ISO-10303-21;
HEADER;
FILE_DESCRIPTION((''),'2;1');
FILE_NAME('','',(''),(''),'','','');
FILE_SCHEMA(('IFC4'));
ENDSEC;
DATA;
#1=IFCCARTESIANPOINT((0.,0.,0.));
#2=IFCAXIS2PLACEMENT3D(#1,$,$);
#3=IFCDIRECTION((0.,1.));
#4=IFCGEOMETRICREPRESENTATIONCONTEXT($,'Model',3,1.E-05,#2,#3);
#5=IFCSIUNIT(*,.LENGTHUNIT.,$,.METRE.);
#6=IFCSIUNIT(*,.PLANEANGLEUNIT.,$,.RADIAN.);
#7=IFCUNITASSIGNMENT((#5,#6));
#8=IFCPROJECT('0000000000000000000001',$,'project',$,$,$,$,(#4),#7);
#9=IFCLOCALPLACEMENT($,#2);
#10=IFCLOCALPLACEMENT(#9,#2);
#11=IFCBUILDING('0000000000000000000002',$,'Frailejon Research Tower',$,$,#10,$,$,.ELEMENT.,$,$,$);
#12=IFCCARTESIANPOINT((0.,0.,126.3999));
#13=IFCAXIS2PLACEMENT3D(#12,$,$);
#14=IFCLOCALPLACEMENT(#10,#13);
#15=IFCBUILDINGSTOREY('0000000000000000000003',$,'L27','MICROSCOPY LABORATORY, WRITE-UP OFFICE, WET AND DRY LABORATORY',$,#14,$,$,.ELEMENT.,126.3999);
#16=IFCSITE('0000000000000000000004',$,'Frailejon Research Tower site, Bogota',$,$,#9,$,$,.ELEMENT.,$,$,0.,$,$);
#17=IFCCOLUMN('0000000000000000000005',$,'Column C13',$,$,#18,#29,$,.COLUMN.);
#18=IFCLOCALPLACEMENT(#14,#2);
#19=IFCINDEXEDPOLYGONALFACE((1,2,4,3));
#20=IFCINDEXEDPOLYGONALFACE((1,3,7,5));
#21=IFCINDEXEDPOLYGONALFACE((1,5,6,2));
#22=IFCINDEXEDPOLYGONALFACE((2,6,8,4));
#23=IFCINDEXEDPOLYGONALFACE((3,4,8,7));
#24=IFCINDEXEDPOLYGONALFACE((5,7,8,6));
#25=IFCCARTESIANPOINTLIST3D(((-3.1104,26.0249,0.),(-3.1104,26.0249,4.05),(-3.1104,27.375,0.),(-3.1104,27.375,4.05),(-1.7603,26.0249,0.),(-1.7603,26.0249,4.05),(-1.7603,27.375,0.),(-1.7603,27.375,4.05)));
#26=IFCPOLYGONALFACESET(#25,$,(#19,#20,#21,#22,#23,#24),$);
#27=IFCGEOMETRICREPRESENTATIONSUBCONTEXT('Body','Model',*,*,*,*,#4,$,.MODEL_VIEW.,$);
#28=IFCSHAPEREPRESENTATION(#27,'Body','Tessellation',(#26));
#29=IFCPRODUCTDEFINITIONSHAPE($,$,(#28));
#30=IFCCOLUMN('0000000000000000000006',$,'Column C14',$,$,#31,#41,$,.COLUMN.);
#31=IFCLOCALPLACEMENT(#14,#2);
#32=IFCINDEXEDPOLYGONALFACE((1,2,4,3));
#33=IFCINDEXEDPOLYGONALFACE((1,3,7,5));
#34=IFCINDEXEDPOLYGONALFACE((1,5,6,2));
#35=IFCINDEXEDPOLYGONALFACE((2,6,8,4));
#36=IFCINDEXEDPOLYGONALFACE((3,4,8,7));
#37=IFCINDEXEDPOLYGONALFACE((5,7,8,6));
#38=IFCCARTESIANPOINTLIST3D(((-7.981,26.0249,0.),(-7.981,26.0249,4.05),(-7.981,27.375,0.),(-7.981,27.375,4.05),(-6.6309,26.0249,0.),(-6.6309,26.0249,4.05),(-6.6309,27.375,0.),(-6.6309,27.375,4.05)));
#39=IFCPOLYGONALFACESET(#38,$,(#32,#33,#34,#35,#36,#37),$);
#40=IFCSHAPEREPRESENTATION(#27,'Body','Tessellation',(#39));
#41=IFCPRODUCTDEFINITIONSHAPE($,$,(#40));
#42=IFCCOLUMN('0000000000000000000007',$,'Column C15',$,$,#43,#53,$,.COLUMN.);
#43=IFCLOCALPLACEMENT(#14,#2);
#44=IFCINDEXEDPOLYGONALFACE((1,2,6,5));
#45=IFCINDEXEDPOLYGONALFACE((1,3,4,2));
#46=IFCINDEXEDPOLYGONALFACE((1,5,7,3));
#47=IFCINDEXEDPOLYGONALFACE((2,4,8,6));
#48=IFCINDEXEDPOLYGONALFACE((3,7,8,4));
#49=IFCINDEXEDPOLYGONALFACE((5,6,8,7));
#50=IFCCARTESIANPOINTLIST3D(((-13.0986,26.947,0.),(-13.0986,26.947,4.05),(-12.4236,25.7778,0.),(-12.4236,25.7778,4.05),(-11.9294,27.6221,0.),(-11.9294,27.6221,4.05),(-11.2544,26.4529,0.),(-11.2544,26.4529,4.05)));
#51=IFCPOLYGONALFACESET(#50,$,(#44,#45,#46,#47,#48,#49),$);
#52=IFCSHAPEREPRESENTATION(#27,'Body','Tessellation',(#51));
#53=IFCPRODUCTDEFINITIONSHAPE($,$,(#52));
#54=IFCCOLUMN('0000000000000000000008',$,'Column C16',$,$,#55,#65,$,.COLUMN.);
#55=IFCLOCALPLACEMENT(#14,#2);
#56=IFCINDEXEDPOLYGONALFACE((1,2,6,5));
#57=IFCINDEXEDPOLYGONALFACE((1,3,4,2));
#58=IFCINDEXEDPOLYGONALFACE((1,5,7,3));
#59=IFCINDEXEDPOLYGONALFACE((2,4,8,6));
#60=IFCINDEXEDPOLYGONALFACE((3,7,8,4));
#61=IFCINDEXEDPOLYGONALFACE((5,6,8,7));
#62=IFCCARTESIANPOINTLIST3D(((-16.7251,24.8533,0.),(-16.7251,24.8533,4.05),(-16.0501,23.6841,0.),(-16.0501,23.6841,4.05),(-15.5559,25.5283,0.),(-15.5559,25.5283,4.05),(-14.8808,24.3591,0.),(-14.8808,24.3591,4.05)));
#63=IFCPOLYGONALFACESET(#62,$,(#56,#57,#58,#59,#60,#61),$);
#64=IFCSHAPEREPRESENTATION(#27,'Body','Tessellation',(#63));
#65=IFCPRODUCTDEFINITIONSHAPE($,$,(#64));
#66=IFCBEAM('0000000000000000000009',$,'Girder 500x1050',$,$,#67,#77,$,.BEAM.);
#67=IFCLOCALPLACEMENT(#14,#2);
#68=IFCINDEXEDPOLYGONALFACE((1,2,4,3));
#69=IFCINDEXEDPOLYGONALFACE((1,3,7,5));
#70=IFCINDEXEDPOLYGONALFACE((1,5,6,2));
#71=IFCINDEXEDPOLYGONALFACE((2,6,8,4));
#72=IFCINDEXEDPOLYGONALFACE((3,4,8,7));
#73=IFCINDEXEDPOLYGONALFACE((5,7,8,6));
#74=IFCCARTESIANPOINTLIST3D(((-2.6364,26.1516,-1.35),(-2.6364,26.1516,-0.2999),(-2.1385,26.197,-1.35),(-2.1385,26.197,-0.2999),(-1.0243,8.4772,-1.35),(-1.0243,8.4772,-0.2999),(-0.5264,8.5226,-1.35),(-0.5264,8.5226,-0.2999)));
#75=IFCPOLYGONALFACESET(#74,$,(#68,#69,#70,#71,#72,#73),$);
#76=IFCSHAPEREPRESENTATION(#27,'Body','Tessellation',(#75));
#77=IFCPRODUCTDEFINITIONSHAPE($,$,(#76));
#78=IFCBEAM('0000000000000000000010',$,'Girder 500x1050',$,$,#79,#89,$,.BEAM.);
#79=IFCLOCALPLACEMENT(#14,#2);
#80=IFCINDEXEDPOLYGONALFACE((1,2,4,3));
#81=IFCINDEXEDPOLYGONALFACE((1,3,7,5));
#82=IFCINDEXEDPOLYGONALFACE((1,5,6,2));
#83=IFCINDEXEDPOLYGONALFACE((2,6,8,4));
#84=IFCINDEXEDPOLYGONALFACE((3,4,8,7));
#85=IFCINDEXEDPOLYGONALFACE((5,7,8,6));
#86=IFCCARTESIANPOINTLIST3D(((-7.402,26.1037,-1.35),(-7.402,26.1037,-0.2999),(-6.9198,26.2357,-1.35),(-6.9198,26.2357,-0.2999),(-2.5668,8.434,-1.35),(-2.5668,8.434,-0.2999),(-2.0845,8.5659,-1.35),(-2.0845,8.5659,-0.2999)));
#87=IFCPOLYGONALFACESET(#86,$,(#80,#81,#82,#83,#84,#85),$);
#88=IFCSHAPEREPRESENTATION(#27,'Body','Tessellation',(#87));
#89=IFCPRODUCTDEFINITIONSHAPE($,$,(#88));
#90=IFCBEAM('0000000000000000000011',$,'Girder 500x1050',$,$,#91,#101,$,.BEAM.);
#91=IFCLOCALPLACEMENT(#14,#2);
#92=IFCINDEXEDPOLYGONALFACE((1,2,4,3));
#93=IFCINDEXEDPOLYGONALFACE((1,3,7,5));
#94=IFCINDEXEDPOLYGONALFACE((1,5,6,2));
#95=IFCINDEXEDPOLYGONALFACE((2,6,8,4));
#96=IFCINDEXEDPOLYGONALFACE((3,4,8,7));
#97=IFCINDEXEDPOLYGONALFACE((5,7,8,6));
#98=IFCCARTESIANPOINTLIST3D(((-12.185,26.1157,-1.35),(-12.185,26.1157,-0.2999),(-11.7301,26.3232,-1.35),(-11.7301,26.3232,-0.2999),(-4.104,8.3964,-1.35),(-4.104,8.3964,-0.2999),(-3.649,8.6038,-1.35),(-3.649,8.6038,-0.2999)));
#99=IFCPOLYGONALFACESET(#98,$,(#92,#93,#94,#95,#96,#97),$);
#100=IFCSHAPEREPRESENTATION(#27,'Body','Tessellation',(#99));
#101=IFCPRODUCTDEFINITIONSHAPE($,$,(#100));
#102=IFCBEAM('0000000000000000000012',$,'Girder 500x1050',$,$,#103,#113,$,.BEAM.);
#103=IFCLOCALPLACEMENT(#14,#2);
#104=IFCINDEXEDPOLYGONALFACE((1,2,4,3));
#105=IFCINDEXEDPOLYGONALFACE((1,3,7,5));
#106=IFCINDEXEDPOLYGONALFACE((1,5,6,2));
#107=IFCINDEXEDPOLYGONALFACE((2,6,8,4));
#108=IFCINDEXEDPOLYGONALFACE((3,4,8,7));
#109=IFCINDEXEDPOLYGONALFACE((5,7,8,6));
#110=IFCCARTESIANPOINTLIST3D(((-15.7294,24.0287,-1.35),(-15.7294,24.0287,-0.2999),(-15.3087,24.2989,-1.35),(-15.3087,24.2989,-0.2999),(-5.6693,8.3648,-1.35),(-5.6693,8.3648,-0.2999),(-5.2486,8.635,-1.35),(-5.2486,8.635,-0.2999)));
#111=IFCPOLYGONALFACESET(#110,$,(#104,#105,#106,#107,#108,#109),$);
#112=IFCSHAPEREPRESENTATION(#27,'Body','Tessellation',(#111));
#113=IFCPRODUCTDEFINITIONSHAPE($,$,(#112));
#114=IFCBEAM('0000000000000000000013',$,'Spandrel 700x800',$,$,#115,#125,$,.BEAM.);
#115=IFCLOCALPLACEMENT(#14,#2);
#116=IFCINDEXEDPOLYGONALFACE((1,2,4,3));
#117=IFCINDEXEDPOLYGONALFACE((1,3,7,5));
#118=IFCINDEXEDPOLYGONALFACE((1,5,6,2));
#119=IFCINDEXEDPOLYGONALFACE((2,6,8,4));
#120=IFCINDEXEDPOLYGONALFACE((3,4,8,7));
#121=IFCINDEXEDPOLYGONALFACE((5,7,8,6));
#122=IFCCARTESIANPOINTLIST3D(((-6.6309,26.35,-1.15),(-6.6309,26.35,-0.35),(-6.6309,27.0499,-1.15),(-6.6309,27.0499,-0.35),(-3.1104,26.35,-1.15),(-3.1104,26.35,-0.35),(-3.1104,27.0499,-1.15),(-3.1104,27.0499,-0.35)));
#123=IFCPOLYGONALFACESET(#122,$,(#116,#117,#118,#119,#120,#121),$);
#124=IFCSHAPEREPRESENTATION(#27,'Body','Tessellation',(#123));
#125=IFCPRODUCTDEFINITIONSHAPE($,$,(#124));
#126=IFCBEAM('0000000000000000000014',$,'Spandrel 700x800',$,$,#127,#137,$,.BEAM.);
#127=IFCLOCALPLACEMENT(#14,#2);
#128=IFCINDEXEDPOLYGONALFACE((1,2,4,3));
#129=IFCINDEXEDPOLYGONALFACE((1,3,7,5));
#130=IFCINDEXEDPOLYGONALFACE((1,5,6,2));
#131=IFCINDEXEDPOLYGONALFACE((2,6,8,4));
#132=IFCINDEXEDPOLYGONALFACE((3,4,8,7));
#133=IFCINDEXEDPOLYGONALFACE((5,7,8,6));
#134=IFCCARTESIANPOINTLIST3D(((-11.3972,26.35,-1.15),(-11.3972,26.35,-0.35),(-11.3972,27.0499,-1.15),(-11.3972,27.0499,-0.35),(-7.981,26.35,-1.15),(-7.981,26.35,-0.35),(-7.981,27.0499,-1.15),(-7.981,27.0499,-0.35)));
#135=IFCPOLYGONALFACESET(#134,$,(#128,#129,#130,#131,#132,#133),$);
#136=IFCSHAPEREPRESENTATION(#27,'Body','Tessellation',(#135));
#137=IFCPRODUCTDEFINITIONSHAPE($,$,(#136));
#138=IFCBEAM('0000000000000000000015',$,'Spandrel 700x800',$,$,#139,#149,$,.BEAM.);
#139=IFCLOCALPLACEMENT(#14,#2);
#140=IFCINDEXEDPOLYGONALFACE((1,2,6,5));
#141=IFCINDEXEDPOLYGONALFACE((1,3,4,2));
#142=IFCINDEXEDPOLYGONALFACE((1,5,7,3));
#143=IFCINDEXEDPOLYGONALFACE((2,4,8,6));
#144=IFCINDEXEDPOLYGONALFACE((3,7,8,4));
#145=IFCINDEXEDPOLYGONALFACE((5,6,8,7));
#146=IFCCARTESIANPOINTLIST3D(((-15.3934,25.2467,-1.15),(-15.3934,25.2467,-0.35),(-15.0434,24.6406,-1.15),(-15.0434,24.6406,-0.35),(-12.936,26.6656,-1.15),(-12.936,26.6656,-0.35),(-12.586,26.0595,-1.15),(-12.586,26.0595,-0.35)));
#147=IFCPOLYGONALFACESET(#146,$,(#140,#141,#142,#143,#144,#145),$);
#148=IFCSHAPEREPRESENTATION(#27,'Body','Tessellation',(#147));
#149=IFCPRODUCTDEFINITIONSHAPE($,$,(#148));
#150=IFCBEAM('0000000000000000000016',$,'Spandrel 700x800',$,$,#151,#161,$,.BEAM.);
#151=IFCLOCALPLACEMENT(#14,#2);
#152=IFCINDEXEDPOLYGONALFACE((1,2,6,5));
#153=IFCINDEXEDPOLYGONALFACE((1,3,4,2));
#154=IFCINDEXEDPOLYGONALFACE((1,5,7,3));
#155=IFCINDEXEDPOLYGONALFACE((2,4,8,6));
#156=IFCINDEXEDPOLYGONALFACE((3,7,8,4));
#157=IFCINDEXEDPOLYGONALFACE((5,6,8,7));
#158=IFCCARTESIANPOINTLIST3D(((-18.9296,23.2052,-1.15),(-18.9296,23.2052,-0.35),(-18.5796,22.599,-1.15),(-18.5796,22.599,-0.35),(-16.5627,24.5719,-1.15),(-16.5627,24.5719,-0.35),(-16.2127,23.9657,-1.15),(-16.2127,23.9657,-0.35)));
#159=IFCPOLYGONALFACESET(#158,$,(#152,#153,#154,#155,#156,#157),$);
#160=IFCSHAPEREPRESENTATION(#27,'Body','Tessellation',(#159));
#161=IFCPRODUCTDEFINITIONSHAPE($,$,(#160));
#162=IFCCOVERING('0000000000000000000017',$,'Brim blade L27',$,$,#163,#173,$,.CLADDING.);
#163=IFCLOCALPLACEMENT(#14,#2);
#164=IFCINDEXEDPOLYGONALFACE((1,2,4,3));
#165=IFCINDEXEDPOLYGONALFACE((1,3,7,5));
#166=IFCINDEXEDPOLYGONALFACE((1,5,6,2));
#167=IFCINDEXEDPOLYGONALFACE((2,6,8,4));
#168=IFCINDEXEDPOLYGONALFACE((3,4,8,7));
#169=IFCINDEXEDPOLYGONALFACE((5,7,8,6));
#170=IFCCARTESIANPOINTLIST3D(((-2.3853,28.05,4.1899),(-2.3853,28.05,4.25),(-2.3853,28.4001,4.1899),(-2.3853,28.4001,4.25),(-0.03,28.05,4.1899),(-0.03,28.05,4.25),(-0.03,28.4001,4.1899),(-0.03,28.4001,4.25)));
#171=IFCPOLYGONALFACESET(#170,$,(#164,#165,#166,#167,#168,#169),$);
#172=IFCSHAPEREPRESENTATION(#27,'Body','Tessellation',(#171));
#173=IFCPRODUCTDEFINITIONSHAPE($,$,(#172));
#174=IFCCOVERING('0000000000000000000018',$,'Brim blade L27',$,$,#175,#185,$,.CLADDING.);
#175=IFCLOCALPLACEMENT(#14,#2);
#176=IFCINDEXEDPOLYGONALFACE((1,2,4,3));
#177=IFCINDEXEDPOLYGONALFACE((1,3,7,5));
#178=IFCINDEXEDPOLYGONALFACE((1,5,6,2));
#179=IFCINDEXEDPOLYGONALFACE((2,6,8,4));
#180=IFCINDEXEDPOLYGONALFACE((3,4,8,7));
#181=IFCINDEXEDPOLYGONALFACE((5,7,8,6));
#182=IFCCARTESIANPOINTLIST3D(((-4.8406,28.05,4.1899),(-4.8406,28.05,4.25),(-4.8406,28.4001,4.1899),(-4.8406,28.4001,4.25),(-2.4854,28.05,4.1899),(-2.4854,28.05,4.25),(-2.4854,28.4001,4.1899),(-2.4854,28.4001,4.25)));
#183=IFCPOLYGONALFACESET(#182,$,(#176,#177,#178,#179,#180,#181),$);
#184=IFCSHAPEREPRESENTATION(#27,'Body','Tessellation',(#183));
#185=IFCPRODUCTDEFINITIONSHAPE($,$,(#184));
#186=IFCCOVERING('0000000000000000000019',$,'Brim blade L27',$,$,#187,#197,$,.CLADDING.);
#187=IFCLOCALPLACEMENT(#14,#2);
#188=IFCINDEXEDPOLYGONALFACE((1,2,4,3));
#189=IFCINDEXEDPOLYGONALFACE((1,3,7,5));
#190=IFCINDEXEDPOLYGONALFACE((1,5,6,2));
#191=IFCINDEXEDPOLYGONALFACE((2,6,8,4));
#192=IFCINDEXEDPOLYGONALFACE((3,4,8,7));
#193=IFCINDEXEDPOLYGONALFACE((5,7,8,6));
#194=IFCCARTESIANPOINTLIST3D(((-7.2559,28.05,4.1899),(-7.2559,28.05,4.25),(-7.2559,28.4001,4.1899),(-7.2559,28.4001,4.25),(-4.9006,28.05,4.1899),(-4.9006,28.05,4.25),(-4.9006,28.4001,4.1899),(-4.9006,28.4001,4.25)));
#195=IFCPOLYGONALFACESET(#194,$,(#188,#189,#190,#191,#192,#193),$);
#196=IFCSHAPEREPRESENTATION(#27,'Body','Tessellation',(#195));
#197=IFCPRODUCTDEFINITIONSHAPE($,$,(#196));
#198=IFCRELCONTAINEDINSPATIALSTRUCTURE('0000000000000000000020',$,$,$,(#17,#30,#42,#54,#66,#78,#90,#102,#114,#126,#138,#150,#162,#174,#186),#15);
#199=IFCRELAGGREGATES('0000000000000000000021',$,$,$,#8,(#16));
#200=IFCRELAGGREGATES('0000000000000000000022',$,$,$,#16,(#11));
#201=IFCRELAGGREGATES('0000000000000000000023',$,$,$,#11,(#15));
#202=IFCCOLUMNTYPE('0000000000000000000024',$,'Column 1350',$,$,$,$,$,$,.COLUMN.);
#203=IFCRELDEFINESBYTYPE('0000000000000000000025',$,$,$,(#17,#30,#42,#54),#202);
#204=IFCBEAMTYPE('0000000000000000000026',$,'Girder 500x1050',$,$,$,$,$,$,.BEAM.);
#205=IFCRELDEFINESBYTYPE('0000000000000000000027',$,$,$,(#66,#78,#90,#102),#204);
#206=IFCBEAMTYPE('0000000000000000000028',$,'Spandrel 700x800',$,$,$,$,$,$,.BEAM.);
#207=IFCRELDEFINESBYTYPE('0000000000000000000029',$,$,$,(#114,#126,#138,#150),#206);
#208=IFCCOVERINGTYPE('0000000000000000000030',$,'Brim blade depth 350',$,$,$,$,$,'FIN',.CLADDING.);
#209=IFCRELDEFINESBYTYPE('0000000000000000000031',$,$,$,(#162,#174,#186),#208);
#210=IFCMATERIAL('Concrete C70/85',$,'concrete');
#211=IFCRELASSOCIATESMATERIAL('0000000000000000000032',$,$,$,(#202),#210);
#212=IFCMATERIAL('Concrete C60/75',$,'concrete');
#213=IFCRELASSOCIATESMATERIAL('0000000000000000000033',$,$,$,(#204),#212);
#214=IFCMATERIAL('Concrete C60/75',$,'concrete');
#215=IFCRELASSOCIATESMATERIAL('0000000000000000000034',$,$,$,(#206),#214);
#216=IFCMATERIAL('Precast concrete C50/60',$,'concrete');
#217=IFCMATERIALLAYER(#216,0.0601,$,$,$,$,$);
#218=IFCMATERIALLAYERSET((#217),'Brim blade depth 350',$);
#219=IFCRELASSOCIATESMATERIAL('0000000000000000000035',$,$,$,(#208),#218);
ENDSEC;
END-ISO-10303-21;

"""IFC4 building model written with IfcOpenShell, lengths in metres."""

from ifc_helpers import new_model, si_unit, direction, frame, origin, origin_2d, place, context, subcontext, project, spatial, polyline, rectangle, outline, extrude, material, layer, layer_set, material_profile, profile_set, type_object, element, save


model = new_model("IFC4")

# Units and contexts
model_context = context("Model", 3, precision=1e-05, world=origin(), true_north=direction((0.0, 1.0)))
body_context = subcontext(model_context, "Body", "Model", "MODEL_VIEW")
ifc_project = project(units=[si_unit("LENGTHUNIT", "METRE"), si_unit("PLANEANGLEUNIT", "RADIAN")], contexts=[model_context])

# Site, building, storey
site_placement = place(None, origin())
site = spatial("IfcSite", under=ifc_project, at=site_placement, Name="Frailejon Research Tower site, Bogota", CompositionType="ELEMENT", RefElevation=0.0)
building_placement = place(site_placement, origin())
building = spatial("IfcBuilding", under=site, at=building_placement, Name="Frailejon Research Tower", CompositionType="ELEMENT")
storey_placement = place(building_placement, frame((0.0, 0.0, 126.3999)))
storey = spatial("IfcBuildingStorey", under=building, at=storey_placement, Name="L27", Description="MICROSCOPY LABORATORY, WRITE-UP OFFICE, WET AND DRY LABORATORY", CompositionType="ELEMENT", Elevation=126.3999)

# Columns
ifc_material_1 = material(Name="Concrete C70/85", Category="concrete")
ifc_material_profile_1 = material_profile(ifc_material_1, rectangle(XDim=1.3501, YDim=1.3501, at=origin_2d()), Name="Column 1350")
ifc_profile_set_1 = profile_set([ifc_material_profile_1], Name="Concrete C70/85")
column_type = type_object("IfcColumnType", Name="Column 1350", PredefinedType="COLUMN", material=ifc_profile_set_1)
for number, where, z_axis, x_axis, name in (
    (1, (-2.4353, 26.7, 0.0), (0.0, 0.0, 1.0), (-1.0, 0.0, 0.0), "Column C13"),
    (2, (-7.3059, 26.7, 0.0), (0.0, 0.0, 1.0), (-1.0, 0.0, 0.0), "Column C14"),
    (3, (-12.1765, 26.7, 0.0), (0.0, 0.0, 1.0), (-0.866025, -0.5, 0.0), "Column C15"),
    (4, (-15.803, 24.6062, 0.0), (0.0, 0.0, 1.0), (-0.866025, -0.5, 0.0), "Column C16"),
):
    element("IfcColumn", number, at=place(storey_placement, frame(where, z_axis=z_axis, x_axis=x_axis)), inside=storey, type_object=column_type, Name=name, PredefinedType="COLUMN", context=body_context, shape_type="SweptSolid", body=[
        extrude(rectangle(XDim=1.3501, YDim=1.3501, at=origin_2d()), origin(), (0.0, 0.0, 1.0), 4.05),
    ])

# Beams
ifc_material_2 = material(Name="Concrete C60/75", Category="concrete")
ifc_material_profile_2 = material_profile(ifc_material_2, rectangle(XDim=0.5, YDim=1.05, at=origin_2d()), Name="Girder 500x1050")
ifc_profile_set_2 = profile_set([ifc_material_profile_2], Name="Concrete C60/75")
beam_type_1 = type_object("IfcBeamType", Name="Girder 500x1050", PredefinedType="BEAM", material=ifc_profile_set_2)
beam_1_placement = place(storey_placement, frame((-2.3875, 26.1743, -0.825), z_axis=(0.090832, -0.995866, 0.0), x_axis=(0.995866, 0.090832, 0.0)))
element("IfcBeam", 5, at=beam_1_placement, inside=storey, type_object=beam_type_1, Name="Girder 500x1050", PredefinedType="BEAM", context=body_context, shape_type="SweptSolid", body=[
    extrude(rectangle(XDim=0.5, YDim=1.05, at=origin_2d()), origin(), (0.0, 0.0, 1.0), 17.7478),
])
beam_2_placement = place(storey_placement, frame((-7.1609, 26.1697, -0.825), z_axis=(0.263941, -0.964539, 0.0), x_axis=(0.964539, 0.263941, 0.0)))
element("IfcBeam", 6, at=beam_2_placement, inside=storey, type_object=beam_type_1, Name="Girder 500x1050", PredefinedType="BEAM", context=body_context, shape_type="SweptSolid", body=[
    extrude(rectangle(XDim=0.5, YDim=1.05, at=origin_2d()), origin(), (0.0, 0.0, 1.0), 18.3193),
])
beam_3_placement = place(storey_placement, frame((-11.9575, 26.2195, -0.825), z_axis=(0.414941, -0.909848, 0.0), x_axis=(0.909848, 0.414941, 0.0)))
element("IfcBeam", 7, at=beam_3_placement, inside=storey, type_object=beam_type_1, Name="Girder 500x1050", PredefinedType="BEAM", context=body_context, shape_type="SweptSolid", body=[
    extrude(rectangle(XDim=0.5, YDim=1.05, at=origin_2d()), origin(), (0.0, 0.0, 1.0), 19.4751),
])
beam_4_placement = place(storey_placement, frame((-15.519, 24.1638, -0.825), z_axis=(0.540395, -0.841411, 0.0), x_axis=(0.841411, 0.540395, 0.0)))
element("IfcBeam", 8, at=beam_4_placement, inside=storey, type_object=beam_type_1, Name="Girder 500x1050", PredefinedType="BEAM", context=body_context, shape_type="SweptSolid", body=[
    extrude(rectangle(XDim=0.5, YDim=1.05, at=origin_2d()), origin(), (0.0, 0.0, 1.0), 18.6162),
])
ifc_material_3 = material(Name="Concrete C60/75", Category="concrete")
ifc_material_profile_3 = material_profile(ifc_material_3, rectangle(XDim=0.7, YDim=0.8, at=origin_2d()), Name="Spandrel 700x800")
ifc_profile_set_3 = profile_set([ifc_material_profile_3], Name="Concrete C60/75")
beam_type_2 = type_object("IfcBeamType", Name="Spandrel 700x800", PredefinedType="BEAM", material=ifc_profile_set_3)
beam_5_placement = place(storey_placement, frame((-3.1104, 26.7, -0.75), z_axis=(-1.0, 0.0, 0.0), x_axis=(0.0, -1.0, 0.0)))
element("IfcBeam", 9, at=beam_5_placement, inside=storey, type_object=beam_type_2, Name="Spandrel 700x800", PredefinedType="BEAM", context=body_context, shape_type="SweptSolid", body=[
    extrude(rectangle(XDim=0.7, YDim=0.8, at=origin_2d()), origin(), (0.0, 0.0, 1.0), 3.5205),
])
beam_6_placement = place(storey_placement, frame((-7.981, 26.7, -0.75), z_axis=(-1.0, 0.0, 0.0), x_axis=(0.0, -1.0, 0.0)))
element("IfcBeam", 10, at=beam_6_placement, inside=storey, type_object=beam_type_2, Name="Spandrel 700x800", PredefinedType="BEAM", context=body_context, shape_type="SweptSolid", body=[
    extrude(rectangle(XDim=0.7, YDim=0.8, at=origin_2d()), origin(), (0.0, 0.0, 1.0), 3.4163),
])
beam_7_placement = place(storey_placement, frame((-12.761, 26.3625, -0.75), z_axis=(-0.866011, -0.500025, 0.0), x_axis=(0.500025, -0.866011, 0.0)))
element("IfcBeam", 11, at=beam_7_placement, inside=storey, type_object=beam_type_2, Name="Spandrel 700x800", PredefinedType="BEAM", context=body_context, shape_type="SweptSolid", body=[
    extrude(rectangle(XDim=0.7, YDim=0.8, at=origin_2d()), origin(), (0.0, 0.0, 1.0), 2.8376),
])
beam_8_placement = place(storey_placement, frame((-16.3877, 24.2688, -0.75), z_axis=(-0.866003, -0.500039, 0.0), x_axis=(0.500039, -0.866003, 0.0)))
element("IfcBeam", 12, at=beam_8_placement, inside=storey, type_object=beam_type_2, Name="Spandrel 700x800", PredefinedType="BEAM", context=body_context, shape_type="SweptSolid", body=[
    extrude(rectangle(XDim=0.7, YDim=0.8, at=origin_2d()), origin(), (0.0, 0.0, 1.0), 2.7332),
])

# Coverings
ifc_material_4 = material(Name="Precast concrete C50/60", Category="concrete")
ifc_layer_1 = layer(ifc_material_4, 0.0601)
ifc_layer_set_1 = layer_set([ifc_layer_1], Name="Brim blade depth 350")
covering_type_1 = type_object("IfcCoveringType", Name="Brim blade depth 350", ElementType="FIN", PredefinedType="CLADDING", material=ifc_layer_set_1)
for number, where, z_axis, x_axis, name in (
    (13, (-2.3853, 28.05, 4.25), (1.0, 0.0, 0.0), (0.0, 1.0, 0.0), "Brim blade L27"),
    (14, (-4.8406, 28.05, 4.25), (1.0, 0.0, 0.0), (0.0, 1.0, 0.0), "Brim blade L27"),
    (15, (-7.2559, 28.05, 4.25), (1.0, 0.0, 0.0), (0.0, 1.0, 0.0), "Brim blade L27"),
):
    element("IfcCovering", number, at=place(storey_placement, frame(where, z_axis=z_axis, x_axis=x_axis)), inside=storey, type_object=covering_type_1, Name=name, PredefinedType="CLADDING", context=body_context, shape_type="SweptSolid", body=[
        extrude(outline(polyline([(0.0, -0.0601), (0.3501, -0.0601), (0.3501, 0.0), (0.0, 0.0), (0.0, -0.0601)])), origin(), (0.0, 0.0, 1.0), 2.3552),
    ])

save(model, "model.ifc")
